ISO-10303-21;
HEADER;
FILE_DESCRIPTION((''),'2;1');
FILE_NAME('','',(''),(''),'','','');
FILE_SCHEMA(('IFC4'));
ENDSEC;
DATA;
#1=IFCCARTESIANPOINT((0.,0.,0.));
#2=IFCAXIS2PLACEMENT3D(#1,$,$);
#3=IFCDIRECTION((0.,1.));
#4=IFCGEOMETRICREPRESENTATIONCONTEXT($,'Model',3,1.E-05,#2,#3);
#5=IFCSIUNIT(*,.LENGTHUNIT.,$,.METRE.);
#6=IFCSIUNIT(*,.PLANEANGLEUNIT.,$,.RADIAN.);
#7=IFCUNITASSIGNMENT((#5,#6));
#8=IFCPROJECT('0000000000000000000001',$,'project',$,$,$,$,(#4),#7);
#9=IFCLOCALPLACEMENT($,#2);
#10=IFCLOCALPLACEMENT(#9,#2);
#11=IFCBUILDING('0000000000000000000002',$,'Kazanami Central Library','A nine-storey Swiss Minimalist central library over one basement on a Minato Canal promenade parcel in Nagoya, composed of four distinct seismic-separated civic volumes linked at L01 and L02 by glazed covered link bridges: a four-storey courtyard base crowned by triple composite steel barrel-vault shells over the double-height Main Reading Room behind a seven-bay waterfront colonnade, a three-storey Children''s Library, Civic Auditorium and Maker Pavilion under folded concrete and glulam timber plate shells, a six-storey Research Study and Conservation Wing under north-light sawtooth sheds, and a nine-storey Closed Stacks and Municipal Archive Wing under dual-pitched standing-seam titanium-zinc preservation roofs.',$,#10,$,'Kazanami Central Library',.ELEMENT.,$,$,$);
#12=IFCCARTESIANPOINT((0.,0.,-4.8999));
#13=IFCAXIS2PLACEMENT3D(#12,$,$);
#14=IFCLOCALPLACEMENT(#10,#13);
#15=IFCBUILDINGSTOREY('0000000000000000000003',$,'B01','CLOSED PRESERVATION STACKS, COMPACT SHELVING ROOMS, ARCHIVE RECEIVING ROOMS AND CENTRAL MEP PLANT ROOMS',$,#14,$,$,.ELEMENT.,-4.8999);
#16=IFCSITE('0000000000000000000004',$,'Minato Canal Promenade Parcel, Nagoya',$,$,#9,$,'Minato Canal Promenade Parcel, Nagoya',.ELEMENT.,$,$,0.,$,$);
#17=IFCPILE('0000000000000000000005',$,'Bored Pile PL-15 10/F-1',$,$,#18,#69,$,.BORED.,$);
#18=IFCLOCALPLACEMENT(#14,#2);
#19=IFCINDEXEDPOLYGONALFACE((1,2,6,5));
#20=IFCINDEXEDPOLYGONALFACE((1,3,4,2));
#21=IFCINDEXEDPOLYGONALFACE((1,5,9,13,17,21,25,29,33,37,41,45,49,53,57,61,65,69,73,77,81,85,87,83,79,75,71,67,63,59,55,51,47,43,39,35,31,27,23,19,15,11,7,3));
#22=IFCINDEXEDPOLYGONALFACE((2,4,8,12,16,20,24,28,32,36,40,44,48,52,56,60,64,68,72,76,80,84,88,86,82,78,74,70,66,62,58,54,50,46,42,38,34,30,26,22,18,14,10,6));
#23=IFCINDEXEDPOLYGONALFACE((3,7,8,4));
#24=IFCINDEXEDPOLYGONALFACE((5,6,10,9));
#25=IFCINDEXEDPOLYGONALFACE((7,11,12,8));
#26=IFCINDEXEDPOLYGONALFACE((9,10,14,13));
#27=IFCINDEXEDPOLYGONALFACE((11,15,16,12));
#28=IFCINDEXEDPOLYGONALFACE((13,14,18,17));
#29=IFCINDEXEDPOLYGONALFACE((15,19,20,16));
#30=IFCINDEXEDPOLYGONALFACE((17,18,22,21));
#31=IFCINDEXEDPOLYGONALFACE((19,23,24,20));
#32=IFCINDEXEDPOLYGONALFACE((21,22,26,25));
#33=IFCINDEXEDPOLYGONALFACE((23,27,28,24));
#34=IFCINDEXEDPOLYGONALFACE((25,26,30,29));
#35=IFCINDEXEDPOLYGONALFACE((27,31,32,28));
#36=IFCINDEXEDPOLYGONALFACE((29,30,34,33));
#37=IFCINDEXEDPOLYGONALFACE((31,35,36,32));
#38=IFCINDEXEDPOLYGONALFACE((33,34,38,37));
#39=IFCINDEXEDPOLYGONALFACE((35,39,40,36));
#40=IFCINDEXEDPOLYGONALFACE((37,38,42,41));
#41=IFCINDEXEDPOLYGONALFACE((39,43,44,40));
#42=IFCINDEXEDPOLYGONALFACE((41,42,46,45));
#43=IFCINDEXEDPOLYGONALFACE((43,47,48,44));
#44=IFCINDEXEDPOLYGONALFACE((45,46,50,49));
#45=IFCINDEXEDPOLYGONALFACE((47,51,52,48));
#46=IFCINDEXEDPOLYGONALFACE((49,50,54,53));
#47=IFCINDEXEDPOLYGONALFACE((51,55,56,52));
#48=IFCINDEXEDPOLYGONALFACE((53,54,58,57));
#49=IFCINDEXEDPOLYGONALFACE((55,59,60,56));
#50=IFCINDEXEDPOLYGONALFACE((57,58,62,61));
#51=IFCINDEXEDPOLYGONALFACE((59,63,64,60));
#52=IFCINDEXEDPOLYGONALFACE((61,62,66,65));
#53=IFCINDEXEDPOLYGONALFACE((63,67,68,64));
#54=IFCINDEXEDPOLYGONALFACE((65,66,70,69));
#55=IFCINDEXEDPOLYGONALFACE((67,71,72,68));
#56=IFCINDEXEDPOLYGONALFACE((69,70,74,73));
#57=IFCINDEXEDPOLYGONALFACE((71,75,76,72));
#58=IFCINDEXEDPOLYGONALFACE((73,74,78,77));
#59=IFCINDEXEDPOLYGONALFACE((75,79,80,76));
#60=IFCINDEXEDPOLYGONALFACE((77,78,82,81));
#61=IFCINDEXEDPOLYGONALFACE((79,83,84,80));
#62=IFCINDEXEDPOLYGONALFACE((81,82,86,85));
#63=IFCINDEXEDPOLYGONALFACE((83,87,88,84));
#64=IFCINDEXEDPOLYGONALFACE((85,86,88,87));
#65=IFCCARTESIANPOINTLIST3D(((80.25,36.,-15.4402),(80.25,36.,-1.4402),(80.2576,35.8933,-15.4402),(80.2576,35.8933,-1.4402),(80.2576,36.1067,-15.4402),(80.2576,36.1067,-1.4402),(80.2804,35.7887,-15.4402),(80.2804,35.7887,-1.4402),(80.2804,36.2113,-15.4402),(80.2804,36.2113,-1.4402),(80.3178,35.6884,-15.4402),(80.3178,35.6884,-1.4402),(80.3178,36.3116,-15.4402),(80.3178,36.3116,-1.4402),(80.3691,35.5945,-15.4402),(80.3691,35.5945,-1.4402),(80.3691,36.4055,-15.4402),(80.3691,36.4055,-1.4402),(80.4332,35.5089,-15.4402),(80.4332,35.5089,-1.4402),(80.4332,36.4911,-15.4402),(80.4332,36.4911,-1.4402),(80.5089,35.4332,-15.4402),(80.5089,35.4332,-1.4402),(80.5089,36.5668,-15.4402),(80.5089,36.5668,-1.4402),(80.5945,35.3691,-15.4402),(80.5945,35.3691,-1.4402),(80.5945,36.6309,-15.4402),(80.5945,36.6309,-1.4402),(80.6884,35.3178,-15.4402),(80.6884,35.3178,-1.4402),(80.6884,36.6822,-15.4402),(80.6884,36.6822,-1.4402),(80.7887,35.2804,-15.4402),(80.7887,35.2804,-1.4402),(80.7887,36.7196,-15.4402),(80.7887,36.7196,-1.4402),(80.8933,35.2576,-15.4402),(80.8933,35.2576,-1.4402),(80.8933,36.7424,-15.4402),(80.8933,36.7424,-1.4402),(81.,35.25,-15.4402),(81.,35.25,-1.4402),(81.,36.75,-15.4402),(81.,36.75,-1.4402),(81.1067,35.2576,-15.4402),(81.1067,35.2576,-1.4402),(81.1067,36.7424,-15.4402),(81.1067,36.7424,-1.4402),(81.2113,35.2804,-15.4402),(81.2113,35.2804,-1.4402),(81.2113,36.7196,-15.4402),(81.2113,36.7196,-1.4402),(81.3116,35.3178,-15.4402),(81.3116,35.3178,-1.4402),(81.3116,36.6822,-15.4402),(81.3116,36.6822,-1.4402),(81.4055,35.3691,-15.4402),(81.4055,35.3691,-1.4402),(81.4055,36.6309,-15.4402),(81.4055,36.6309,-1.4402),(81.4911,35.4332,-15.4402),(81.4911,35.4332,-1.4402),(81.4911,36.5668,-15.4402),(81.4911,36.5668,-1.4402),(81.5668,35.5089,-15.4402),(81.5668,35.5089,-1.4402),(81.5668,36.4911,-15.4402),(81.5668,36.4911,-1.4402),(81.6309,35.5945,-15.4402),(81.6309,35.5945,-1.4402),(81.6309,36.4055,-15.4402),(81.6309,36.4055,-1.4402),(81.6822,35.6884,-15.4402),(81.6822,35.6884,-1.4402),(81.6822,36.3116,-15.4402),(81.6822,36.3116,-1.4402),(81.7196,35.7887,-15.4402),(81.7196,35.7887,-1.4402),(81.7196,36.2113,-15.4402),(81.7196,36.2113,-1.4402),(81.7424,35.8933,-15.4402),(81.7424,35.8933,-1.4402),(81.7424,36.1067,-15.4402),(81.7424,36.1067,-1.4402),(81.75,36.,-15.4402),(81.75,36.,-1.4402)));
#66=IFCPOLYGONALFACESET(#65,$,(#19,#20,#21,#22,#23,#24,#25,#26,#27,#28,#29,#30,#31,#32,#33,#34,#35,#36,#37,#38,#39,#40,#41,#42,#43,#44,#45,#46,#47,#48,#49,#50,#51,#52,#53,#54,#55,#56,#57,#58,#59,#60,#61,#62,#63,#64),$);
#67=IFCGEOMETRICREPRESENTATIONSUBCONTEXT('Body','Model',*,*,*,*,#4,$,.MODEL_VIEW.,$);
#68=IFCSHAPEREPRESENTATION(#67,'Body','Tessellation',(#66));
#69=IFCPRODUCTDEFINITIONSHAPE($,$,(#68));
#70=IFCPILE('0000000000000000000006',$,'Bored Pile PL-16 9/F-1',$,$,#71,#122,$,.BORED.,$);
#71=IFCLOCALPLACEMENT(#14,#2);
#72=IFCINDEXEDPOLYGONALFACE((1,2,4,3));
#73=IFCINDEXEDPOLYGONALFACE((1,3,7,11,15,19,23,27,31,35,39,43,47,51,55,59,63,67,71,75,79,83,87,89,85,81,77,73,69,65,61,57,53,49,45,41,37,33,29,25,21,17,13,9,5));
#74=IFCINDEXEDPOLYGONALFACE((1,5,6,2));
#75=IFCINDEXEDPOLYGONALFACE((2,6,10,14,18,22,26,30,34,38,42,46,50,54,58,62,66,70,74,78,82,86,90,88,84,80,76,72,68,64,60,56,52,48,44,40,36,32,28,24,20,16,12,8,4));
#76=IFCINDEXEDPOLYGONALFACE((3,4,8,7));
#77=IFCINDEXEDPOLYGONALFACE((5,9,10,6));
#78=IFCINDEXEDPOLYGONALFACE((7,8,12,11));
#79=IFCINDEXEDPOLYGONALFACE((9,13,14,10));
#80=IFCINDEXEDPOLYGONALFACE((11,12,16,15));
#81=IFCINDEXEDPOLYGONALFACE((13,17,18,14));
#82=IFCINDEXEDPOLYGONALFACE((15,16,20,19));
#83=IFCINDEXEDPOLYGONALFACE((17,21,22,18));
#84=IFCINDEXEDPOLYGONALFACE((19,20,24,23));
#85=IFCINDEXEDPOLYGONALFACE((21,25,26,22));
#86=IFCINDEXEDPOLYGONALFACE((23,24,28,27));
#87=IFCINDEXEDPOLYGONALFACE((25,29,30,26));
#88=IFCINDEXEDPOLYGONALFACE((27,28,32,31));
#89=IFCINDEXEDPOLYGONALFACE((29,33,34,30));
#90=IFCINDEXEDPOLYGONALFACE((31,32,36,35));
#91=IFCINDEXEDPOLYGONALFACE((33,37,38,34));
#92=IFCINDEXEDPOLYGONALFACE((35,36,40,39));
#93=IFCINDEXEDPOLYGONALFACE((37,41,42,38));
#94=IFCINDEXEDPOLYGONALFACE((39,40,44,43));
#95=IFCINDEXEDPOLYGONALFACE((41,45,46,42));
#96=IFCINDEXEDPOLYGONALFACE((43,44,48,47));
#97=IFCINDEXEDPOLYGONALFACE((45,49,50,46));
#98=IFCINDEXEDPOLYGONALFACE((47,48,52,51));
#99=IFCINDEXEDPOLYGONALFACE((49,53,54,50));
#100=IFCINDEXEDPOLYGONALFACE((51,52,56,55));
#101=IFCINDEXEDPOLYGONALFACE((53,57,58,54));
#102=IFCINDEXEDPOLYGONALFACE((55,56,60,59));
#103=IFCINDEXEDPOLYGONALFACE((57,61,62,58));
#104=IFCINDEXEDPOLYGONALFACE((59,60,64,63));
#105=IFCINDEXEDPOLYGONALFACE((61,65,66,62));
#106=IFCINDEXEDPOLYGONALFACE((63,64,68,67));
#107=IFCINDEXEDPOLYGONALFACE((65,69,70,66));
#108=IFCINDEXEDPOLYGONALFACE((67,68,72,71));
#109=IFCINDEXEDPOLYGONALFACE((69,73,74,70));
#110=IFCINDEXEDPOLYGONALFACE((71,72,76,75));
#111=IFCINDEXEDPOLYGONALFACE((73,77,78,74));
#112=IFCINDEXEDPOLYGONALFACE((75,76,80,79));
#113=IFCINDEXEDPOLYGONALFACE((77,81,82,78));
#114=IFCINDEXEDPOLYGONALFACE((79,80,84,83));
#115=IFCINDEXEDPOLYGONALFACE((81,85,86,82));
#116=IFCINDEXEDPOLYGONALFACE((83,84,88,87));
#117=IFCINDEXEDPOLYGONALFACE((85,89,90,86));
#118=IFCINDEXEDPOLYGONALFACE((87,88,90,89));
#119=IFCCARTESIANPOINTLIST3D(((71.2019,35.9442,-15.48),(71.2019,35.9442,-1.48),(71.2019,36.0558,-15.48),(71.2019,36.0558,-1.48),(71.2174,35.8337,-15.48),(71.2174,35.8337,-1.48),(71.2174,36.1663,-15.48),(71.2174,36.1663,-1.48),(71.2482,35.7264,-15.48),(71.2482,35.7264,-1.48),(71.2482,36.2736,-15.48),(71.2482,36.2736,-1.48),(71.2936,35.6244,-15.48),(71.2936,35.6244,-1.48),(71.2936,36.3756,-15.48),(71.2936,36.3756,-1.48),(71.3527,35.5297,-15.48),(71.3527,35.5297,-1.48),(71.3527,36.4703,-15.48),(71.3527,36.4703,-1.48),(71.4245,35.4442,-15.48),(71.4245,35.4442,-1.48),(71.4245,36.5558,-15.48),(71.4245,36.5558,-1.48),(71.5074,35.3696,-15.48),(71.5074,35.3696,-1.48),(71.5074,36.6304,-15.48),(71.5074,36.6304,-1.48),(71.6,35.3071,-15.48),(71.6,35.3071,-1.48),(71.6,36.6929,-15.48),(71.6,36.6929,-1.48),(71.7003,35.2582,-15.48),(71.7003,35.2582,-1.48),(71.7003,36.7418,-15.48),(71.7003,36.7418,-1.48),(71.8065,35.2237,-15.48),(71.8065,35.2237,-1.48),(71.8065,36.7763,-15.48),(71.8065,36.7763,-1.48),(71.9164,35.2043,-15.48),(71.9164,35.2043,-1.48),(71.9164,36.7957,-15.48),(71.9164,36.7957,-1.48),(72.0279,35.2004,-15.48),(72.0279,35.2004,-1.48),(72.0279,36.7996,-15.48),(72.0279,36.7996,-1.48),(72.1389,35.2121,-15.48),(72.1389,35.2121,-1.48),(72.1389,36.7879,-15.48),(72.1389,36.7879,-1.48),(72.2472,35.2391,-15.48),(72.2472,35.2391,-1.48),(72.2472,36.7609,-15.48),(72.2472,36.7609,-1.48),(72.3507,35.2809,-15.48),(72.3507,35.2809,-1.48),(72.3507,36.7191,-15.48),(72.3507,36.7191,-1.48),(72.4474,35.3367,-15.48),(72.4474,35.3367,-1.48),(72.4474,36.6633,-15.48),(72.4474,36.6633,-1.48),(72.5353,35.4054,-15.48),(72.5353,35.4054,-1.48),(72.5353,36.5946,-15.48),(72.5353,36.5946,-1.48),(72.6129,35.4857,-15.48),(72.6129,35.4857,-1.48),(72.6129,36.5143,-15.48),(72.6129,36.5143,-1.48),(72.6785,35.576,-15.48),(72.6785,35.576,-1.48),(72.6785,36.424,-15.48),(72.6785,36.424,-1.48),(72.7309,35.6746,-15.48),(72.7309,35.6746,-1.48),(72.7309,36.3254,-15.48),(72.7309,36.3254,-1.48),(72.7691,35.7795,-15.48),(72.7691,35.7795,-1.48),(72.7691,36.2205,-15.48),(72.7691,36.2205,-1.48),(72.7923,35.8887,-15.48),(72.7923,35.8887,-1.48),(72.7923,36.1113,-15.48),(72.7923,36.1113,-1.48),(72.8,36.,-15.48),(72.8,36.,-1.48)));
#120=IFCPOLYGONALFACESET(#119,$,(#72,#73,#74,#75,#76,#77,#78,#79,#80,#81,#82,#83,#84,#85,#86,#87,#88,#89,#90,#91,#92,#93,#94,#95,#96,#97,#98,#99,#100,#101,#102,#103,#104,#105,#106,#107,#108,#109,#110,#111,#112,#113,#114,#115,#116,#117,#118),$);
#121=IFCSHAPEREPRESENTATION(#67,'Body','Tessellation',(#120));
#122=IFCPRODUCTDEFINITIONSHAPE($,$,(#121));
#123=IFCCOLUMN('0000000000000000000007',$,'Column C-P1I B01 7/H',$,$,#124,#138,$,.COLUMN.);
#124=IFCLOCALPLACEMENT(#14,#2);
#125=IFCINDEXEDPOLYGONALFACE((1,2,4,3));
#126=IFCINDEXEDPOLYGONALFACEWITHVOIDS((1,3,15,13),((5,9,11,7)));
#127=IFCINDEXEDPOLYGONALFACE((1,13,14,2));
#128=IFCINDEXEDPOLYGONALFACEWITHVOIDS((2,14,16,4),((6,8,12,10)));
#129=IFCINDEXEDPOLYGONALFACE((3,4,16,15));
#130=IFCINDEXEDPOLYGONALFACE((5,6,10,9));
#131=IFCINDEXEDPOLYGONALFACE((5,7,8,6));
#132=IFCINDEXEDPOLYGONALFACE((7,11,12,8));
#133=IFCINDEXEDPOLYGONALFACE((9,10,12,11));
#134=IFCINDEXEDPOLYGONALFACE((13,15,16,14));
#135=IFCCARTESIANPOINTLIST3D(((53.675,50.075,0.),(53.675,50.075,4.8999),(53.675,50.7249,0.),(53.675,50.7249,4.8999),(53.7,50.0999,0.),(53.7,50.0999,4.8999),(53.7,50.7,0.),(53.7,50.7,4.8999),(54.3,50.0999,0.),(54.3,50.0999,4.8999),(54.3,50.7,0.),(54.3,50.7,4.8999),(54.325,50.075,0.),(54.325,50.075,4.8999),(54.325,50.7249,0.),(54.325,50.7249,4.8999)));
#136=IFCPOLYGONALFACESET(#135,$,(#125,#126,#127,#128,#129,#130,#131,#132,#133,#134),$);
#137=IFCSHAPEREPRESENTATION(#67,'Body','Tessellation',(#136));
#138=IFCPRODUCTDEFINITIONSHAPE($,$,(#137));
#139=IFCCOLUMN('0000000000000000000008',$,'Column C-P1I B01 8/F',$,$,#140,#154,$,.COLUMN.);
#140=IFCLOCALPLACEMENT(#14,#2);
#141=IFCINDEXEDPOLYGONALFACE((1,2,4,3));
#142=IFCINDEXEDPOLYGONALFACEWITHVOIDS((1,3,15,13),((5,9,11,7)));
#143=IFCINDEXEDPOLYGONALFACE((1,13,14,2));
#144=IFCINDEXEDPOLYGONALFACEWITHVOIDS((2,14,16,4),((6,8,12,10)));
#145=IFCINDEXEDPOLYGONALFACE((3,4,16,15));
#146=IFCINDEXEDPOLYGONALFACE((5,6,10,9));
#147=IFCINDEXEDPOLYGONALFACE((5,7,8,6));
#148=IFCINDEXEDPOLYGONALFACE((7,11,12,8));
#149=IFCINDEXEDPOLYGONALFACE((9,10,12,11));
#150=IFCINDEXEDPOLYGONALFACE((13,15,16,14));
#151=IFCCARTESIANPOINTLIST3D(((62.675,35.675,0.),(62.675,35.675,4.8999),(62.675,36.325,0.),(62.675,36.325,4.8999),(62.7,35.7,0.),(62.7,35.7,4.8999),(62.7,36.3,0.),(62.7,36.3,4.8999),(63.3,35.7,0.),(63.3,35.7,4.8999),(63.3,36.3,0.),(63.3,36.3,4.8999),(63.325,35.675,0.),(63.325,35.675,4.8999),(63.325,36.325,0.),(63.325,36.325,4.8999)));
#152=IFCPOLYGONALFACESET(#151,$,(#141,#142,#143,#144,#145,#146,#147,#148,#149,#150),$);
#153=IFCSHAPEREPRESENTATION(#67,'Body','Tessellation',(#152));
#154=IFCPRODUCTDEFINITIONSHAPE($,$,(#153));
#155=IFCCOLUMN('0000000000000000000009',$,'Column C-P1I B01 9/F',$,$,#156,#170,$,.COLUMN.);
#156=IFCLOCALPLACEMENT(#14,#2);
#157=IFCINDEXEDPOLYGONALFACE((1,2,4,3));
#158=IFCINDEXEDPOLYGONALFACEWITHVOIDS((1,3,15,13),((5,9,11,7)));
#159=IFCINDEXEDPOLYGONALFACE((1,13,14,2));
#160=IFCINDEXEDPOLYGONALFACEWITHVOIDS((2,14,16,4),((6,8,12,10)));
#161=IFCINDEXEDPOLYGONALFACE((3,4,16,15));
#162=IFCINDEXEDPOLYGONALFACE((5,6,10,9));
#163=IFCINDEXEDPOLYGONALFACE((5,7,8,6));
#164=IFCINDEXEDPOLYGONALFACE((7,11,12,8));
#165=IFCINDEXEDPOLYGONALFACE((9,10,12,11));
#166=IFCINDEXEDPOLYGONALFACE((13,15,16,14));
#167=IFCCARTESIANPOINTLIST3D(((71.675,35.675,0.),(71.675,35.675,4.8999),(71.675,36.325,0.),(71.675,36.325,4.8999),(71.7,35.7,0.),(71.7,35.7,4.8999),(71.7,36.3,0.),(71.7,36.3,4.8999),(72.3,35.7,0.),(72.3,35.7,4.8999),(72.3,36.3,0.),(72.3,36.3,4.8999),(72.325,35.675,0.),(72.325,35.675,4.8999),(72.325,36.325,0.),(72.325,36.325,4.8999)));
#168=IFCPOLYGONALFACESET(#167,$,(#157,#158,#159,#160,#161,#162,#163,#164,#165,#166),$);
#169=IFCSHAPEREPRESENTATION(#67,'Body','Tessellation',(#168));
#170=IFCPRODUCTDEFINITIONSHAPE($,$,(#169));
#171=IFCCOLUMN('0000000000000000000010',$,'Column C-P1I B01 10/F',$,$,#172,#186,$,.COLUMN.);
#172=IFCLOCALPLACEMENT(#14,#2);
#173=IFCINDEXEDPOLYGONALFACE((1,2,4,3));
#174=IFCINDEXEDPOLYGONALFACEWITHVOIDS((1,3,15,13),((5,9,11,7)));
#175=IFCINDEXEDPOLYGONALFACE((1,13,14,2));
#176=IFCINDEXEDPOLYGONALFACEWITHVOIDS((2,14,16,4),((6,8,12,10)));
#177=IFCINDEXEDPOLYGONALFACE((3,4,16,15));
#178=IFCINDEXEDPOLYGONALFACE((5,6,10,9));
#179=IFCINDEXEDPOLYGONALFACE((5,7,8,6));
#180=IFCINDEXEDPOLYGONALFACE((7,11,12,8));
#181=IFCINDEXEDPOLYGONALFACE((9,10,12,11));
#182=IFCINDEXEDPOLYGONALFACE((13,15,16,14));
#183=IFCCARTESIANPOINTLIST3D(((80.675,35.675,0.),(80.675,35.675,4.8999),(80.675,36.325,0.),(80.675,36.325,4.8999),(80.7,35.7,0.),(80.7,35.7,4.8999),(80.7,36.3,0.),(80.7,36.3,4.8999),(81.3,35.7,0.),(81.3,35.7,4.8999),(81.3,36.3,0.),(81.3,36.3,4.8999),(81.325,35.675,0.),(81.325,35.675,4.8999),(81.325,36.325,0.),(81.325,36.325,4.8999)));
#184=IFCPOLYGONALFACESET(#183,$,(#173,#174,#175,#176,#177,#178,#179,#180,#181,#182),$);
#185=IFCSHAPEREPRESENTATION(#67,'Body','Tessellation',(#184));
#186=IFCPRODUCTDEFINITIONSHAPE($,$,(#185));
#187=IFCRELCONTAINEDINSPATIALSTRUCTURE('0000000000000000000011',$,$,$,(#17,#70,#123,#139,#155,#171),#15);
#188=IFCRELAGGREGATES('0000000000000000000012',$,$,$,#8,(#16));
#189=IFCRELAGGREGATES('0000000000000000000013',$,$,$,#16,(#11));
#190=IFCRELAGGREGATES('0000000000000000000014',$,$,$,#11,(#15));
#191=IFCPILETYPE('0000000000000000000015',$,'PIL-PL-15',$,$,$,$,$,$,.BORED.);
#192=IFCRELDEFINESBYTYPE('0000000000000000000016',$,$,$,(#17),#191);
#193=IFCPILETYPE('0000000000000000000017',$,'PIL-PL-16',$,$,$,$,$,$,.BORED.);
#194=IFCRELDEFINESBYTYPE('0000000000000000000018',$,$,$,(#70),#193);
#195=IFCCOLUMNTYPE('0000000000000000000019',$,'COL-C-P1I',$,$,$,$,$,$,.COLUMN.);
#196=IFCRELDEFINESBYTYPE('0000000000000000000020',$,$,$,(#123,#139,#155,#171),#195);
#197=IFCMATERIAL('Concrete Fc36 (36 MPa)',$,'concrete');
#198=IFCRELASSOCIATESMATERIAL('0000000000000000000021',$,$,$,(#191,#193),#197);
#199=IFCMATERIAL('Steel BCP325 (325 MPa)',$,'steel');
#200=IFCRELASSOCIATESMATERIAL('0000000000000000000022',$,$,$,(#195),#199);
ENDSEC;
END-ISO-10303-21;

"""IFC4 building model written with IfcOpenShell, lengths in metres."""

from ifc_helpers import new_model, si_unit, direction, frame, origin, origin_2d, place, context, subcontext, project, spatial, hollow_rectangle, circle, extrude, material, material_profile, profile_set, type_object, element, save


model = new_model("IFC4")

# Units and contexts
model_context = context("Model", 3, precision=1e-05, world=origin(), true_north=direction((0.0, 1.0)))
body_context = subcontext(model_context, "Body", "Model", "MODEL_VIEW")
ifc_project = project(units=[si_unit("LENGTHUNIT", "METRE"), si_unit("PLANEANGLEUNIT", "RADIAN")], contexts=[model_context])

# Site, building, storey
site_placement = place(None, origin())
site = spatial("IfcSite", under=ifc_project, at=site_placement, Name="Minato Canal Promenade Parcel, Nagoya", LongName="Minato Canal Promenade Parcel, Nagoya", CompositionType="ELEMENT", RefElevation=0.0)
building_placement = place(site_placement, origin())
building = spatial("IfcBuilding", under=site, at=building_placement, Name="Kazanami Central Library", Description="A nine-storey Swiss Minimalist central library over one basement on a Minato Canal promenade parcel in Nagoya, composed of four distinct seismic-separated civic volumes linked at L01 and L02 by glazed covered link bridges: a four-storey courtyard base crowned by triple composite steel barrel-vault shells over the double-height Main Reading Room behind a seven-bay waterfront colonnade, a three-storey Children's Library, Civic Auditorium and Maker Pavilion under folded concrete and glulam timber plate shells, a six-storey Research Study and Conservation Wing under north-light sawtooth sheds, and a nine-storey Closed Stacks and Municipal Archive Wing under dual-pitched standing-seam titanium-zinc preservation roofs.", LongName="Kazanami Central Library", CompositionType="ELEMENT")
storey_placement = place(building_placement, frame((0.0, 0.0, -4.8999)))
storey = spatial("IfcBuildingStorey", under=building, at=storey_placement, Name="B01", Description="CLOSED PRESERVATION STACKS, COMPACT SHELVING ROOMS, ARCHIVE RECEIVING ROOMS AND CENTRAL MEP PLANT ROOMS", CompositionType="ELEMENT", Elevation=-4.8999)

# Shared definitions
ifc_material_1 = material(Name="Concrete Fc36 (36 MPa)", Category="concrete")

# Piles
ifc_material_profile_1 = material_profile(ifc_material_1, circle(Radius=0.75, at=origin_2d()), Name="BORED-D1500")
ifc_profile_set_1 = profile_set([ifc_material_profile_1], Name="Concrete Fc36 (36 MPa)")
pile_type_1 = type_object("IfcPileType", Name="PIL-PL-15", PredefinedType="BORED", material=ifc_profile_set_1)
for number, where, z_axis, x_axis, name in (
    (1, (81.0, 36.0, -1.4402), (0.0, 0.0, -1.0), (1.0, 0.0, 0.0), "Bored Pile PL-15 10/F-1"),
):
    element("IfcPile", number, at=place(storey_placement, frame(where, z_axis=z_axis, x_axis=x_axis)), inside=storey, type_object=pile_type_1, Name=name, PredefinedType="BORED", context=body_context, shape_type="SweptSolid", body=[
        extrude(circle(Radius=0.75, at=origin_2d()), origin(), (0.0, 0.0, 1.0), 14.0),
    ])
ifc_material_profile_2 = material_profile(ifc_material_1, circle(Radius=0.8, at=origin_2d()), Name="BORED-D1600")
ifc_profile_set_2 = profile_set([ifc_material_profile_2], Name="Concrete Fc36 (36 MPa)")
pile_type_2 = type_object("IfcPileType", Name="PIL-PL-16", PredefinedType="BORED", material=ifc_profile_set_2)
pile_placement = place(storey_placement, frame((72.0, 36.0, -1.48), z_axis=(0.0, 0.0, -1.0), x_axis=(1.0, 0.0, 0.0)))
element("IfcPile", 2, at=pile_placement, inside=storey, type_object=pile_type_2, Name="Bored Pile PL-16 9/F-1", PredefinedType="BORED", context=body_context, shape_type="SweptSolid", body=[
    extrude(circle(Radius=0.8, at=origin_2d()), origin(), (0.0, 0.0, 1.0), 14.0),
])

# Columns
ifc_material_2 = material(Name="Steel BCP325 (325 MPa)", Category="steel")
ifc_material_profile_3 = material_profile(ifc_material_2, hollow_rectangle(XDim=0.6499, YDim=0.6499, WallThickness=0.0249, at=origin_2d()), Name="BCP-650x650x25")
ifc_profile_set_3 = profile_set([ifc_material_profile_3], Name="Steel BCP325 (325 MPa)")
column_type = type_object("IfcColumnType", Name="COL-C-P1I", PredefinedType="COLUMN", material=ifc_profile_set_3)
for number, where, z_axis, x_axis, name in (
    (3, (54.0, 50.3999, 0.0), (0.0, 0.0, 1.0), (1.0, 0.0, 0.0), "Column C-P1I B01 7/H"),
    (4, (63.0, 36.0, 0.0), (0.0, 0.0, 1.0), (1.0, 0.0, 0.0), "Column C-P1I B01 8/F"),
    (5, (72.0, 36.0, 0.0), (0.0, 0.0, 1.0), (1.0, 0.0, 0.0), "Column C-P1I B01 9/F"),
    (6, (81.0, 36.0, 0.0), (0.0, 0.0, 1.0), (1.0, 0.0, 0.0), "Column C-P1I B01 10/F"),
):
    element("IfcColumn", number, at=place(storey_placement, frame(where, z_axis=z_axis, x_axis=x_axis)), inside=storey, type_object=column_type, Name=name, PredefinedType="COLUMN", context=body_context, shape_type="SweptSolid", body=[
        extrude(hollow_rectangle(XDim=0.6499, YDim=0.6499, WallThickness=0.0249, at=origin_2d()), origin(), (0.0, 0.0, 1.0), 4.8999),
    ])

save(model, "model.ifc")
